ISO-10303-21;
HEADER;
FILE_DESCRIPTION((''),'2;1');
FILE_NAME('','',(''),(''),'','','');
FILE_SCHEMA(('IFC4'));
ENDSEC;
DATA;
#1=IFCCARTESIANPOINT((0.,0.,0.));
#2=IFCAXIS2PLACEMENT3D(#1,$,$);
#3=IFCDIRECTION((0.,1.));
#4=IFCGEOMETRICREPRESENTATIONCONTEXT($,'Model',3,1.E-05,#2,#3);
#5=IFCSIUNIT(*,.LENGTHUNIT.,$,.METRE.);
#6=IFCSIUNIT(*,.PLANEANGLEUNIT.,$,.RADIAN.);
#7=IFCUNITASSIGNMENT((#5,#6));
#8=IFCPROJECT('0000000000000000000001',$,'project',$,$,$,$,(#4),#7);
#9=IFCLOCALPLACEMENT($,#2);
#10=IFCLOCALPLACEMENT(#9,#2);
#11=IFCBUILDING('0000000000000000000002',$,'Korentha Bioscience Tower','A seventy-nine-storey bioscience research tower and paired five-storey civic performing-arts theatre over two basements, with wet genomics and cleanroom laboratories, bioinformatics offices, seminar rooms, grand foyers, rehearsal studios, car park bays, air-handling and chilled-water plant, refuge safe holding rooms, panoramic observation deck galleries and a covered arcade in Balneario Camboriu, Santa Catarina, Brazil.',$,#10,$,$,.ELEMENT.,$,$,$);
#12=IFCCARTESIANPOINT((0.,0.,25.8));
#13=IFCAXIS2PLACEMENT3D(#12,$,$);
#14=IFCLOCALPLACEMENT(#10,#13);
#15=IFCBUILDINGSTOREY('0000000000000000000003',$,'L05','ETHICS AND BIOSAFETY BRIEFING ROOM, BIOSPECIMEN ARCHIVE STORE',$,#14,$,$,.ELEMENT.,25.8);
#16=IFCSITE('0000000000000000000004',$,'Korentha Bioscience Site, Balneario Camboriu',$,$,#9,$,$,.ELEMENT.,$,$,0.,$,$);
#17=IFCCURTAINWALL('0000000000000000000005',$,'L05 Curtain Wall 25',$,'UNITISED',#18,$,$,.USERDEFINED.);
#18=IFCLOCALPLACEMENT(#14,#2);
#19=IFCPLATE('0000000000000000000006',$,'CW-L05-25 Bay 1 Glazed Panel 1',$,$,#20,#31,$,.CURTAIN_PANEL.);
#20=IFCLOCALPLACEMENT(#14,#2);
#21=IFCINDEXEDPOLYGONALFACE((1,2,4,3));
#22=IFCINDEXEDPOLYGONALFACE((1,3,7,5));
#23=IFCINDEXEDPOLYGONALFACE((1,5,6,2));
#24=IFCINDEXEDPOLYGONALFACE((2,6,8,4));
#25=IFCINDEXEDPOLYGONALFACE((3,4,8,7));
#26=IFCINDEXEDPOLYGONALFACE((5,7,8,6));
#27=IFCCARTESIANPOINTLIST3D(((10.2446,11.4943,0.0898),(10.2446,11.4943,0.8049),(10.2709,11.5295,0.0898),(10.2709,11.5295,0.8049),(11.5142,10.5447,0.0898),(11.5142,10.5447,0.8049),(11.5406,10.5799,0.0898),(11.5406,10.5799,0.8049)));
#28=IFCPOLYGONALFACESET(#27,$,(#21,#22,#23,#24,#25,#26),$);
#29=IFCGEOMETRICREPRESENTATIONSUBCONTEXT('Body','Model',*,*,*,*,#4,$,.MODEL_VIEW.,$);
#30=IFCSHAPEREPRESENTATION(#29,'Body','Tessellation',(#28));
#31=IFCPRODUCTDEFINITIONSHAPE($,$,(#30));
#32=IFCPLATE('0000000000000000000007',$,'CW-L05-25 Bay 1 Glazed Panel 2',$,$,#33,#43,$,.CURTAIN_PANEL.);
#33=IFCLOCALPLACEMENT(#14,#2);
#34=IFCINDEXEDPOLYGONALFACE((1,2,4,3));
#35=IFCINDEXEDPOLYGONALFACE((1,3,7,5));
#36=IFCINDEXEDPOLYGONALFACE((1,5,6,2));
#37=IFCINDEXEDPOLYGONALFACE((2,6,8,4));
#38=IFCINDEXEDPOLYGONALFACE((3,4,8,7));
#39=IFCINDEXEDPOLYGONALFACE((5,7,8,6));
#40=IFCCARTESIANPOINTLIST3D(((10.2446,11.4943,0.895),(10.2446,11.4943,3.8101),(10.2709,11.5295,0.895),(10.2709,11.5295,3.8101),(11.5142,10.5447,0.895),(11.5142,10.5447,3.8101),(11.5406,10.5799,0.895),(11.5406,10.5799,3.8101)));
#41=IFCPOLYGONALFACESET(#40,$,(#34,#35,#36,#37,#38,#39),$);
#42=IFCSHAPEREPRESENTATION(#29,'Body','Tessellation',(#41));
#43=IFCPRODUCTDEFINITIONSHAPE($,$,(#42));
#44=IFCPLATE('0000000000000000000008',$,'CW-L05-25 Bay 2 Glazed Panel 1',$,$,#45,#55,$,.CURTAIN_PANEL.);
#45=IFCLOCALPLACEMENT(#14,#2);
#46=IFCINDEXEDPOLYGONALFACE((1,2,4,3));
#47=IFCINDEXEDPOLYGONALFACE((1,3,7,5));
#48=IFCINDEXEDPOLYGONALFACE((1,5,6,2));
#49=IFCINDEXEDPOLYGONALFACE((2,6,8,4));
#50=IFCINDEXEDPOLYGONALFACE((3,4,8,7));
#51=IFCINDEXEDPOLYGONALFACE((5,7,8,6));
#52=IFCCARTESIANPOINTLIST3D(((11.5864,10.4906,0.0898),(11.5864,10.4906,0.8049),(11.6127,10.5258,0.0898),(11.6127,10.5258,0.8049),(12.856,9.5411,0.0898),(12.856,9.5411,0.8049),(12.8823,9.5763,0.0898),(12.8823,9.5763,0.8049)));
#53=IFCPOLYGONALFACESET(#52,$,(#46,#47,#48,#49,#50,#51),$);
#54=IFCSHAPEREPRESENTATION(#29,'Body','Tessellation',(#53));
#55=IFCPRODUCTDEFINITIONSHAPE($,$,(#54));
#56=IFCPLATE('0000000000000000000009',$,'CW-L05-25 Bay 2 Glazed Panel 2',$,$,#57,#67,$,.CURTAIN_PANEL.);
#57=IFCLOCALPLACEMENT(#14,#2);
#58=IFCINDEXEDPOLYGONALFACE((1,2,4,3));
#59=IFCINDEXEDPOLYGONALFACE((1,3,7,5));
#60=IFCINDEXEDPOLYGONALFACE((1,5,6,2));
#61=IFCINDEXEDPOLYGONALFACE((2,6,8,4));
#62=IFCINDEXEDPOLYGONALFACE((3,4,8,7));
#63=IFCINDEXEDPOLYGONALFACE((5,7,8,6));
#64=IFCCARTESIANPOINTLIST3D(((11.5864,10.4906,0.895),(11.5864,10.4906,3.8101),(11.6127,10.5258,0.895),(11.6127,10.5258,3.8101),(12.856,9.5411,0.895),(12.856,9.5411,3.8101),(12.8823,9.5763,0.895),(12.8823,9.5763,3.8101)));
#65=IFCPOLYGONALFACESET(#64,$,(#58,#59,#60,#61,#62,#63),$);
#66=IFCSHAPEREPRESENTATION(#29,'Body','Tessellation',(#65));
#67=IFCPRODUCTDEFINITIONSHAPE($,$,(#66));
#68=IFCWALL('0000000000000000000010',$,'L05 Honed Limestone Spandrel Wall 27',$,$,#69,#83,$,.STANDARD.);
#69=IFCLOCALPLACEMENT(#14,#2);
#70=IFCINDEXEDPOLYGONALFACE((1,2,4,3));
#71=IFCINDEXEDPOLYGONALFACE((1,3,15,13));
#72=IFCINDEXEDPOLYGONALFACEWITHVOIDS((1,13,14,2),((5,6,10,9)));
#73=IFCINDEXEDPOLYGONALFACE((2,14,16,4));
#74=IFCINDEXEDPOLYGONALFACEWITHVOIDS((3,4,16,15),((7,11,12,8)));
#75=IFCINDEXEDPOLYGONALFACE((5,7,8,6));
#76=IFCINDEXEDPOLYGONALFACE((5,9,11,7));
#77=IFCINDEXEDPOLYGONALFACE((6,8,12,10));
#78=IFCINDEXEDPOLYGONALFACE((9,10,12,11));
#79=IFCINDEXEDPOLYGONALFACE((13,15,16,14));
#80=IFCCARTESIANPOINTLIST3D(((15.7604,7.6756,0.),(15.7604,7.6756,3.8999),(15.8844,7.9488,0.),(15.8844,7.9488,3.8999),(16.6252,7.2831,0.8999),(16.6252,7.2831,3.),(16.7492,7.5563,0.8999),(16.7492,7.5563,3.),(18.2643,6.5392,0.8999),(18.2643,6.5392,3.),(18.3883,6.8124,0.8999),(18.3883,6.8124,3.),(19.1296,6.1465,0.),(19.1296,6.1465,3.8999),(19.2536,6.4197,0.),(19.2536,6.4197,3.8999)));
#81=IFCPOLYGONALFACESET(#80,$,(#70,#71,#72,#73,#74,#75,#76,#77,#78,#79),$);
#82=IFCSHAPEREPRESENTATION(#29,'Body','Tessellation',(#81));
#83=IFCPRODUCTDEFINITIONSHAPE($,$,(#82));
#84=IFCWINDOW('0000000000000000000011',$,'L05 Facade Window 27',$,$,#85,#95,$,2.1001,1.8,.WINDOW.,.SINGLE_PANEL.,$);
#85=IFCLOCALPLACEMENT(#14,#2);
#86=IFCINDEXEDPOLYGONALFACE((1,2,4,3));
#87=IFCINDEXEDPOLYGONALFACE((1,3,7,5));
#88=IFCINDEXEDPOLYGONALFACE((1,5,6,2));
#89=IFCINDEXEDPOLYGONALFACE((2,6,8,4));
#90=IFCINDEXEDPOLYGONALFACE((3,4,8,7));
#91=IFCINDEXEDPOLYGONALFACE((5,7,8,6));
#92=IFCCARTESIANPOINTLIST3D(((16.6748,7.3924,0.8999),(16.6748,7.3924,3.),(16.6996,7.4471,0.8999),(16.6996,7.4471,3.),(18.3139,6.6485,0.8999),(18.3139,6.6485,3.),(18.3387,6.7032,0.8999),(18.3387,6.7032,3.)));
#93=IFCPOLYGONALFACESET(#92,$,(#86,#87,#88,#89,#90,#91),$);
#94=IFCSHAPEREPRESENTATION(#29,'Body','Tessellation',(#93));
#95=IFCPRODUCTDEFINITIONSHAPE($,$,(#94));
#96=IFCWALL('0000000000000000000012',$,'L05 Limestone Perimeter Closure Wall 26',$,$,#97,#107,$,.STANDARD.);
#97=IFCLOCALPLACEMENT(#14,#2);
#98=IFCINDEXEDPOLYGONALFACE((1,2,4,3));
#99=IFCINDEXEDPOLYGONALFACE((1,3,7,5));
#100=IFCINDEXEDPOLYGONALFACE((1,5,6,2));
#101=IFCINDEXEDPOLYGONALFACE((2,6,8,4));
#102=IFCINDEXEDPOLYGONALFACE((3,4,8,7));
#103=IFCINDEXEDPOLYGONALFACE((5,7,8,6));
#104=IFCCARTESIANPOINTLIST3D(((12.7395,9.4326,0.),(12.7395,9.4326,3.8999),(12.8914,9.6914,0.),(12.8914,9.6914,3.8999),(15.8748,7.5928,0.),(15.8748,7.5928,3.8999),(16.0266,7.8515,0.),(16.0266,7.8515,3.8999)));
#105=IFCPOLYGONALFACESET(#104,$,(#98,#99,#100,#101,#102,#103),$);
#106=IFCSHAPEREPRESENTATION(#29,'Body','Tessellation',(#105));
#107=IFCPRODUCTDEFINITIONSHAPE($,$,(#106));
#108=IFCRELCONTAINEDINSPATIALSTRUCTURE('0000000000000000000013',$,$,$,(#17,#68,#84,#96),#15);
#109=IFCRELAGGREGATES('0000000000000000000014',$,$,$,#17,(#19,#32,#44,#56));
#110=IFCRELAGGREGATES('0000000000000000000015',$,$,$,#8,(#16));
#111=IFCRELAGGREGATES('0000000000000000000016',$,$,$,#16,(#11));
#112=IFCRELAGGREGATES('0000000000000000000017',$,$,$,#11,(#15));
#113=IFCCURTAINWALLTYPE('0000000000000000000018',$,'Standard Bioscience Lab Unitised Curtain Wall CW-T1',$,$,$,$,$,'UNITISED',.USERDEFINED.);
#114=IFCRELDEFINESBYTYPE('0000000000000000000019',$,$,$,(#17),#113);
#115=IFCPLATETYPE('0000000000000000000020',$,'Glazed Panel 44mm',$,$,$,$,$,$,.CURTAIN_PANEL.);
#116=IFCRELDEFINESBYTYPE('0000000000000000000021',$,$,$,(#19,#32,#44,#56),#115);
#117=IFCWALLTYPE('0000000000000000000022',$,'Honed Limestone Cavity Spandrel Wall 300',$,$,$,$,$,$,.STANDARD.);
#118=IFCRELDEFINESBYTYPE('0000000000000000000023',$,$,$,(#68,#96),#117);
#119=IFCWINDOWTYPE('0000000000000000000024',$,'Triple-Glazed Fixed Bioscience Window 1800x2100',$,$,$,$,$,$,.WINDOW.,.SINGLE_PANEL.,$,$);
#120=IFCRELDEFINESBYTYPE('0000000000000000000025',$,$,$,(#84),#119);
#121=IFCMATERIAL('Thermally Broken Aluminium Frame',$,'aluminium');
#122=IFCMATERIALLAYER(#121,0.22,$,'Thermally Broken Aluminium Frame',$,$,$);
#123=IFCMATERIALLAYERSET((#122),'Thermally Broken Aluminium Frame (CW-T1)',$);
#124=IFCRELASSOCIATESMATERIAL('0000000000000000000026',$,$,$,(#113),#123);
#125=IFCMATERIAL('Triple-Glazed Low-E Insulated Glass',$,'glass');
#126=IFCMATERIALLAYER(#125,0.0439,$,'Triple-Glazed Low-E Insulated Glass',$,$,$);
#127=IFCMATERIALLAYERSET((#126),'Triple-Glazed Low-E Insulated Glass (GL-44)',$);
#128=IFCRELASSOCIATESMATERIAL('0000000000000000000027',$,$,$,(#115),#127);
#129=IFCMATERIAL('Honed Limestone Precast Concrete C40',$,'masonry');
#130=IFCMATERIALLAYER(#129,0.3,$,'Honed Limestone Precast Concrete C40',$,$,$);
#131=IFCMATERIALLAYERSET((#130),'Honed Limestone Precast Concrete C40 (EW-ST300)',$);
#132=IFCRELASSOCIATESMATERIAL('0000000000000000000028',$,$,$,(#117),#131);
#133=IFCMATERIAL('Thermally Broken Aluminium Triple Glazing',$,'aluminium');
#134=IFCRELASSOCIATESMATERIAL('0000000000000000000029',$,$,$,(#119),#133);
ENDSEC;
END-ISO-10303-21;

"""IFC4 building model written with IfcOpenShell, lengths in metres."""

from ifc_helpers import new_model, si_unit, direction, frame, frame_2d, origin, origin_2d, place, context, subcontext, project, spatial, rectangle, extrude, material, layer, layer_set, type_object, element, fill, aggregate, save


model = new_model("IFC4")

# Units and contexts
model_context = context("Model", 3, precision=1e-05, world=origin(), true_north=direction((0.0, 1.0)))
body_context = subcontext(model_context, "Body", "Model", "MODEL_VIEW")
ifc_project = project(units=[si_unit("LENGTHUNIT", "METRE"), si_unit("PLANEANGLEUNIT", "RADIAN")], contexts=[model_context])

# Site, building, storey
site_placement = place(None, origin())
site = spatial("IfcSite", under=ifc_project, at=site_placement, Name="Korentha Bioscience Site, Balneario Camboriu", CompositionType="ELEMENT", RefElevation=0.0)
building_placement = place(site_placement, origin())
building = spatial("IfcBuilding", under=site, at=building_placement, Name="Korentha Bioscience Tower", Description="A seventy-nine-storey bioscience research tower and paired five-storey civic performing-arts theatre over two basements, with wet genomics and cleanroom laboratories, bioinformatics offices, seminar rooms, grand foyers, rehearsal studios, car park bays, air-handling and chilled-water plant, refuge safe holding rooms, panoramic observation deck galleries and a covered arcade in Balneario Camboriu, Santa Catarina, Brazil.", CompositionType="ELEMENT")
storey_placement = place(building_placement, frame((0.0, 0.0, 25.8)))
storey = spatial("IfcBuildingStorey", under=building, at=storey_placement, Name="L05", Description="ETHICS AND BIOSAFETY BRIEFING ROOM, BIOSPECIMEN ARCHIVE STORE", CompositionType="ELEMENT", Elevation=25.8)

# Curtain wall
ifc_material_1 = material(Name="Thermally Broken Aluminium Frame", Category="aluminium")
ifc_layer_1 = layer(ifc_material_1, 0.22, Name="Thermally Broken Aluminium Frame")
ifc_layer_set_1 = layer_set([ifc_layer_1], Name="Thermally Broken Aluminium Frame (CW-T1)")
curtain_wall_type = type_object("IfcCurtainWallType", Name="Standard Bioscience Lab Unitised Curtain Wall CW-T1", ElementType="UNITISED", PredefinedType="USERDEFINED", material=ifc_layer_set_1)
curtain_wall_placement = place(storey_placement, origin())
curtain_wall = element("IfcCurtainWall", 1, at=curtain_wall_placement, inside=storey, type_object=curtain_wall_type, Name="L05 Curtain Wall 25", ObjectType="UNITISED", PredefinedType="USERDEFINED")

# Plates
ifc_material_2 = material(Name="Triple-Glazed Low-E Insulated Glass", Category="glass")
ifc_layer_2 = layer(ifc_material_2, 0.0439, Name="Triple-Glazed Low-E Insulated Glass")
ifc_layer_set_2 = layer_set([ifc_layer_2], Name="Triple-Glazed Low-E Insulated Glass (GL-44)")
plate_type = type_object("IfcPlateType", Name="Glazed Panel 44mm", PredefinedType="CURTAIN_PANEL", material=ifc_layer_set_2)
plate_1_placement = place(storey_placement, frame((10.8926, 11.0371, 0.0898), z_axis=(0.0, 0.0, 1.0), x_axis=(0.800798, -0.598935, 0.0)))
plate_1 = element("IfcPlate", 2, at=plate_1_placement, type_object=plate_type, Name="CW-L05-25 Bay 1 Glazed Panel 1", PredefinedType="CURTAIN_PANEL", context=body_context, shape_type="SweptSolid", body=[
    extrude(rectangle(XDim=1.5854, YDim=0.0439, at=origin_2d()), origin(), (0.0, 0.0, 1.0), 0.7151),
])
plate_2_placement = place(storey_placement, frame((10.8926, 11.0371, 0.895), z_axis=(0.0, 0.0, 1.0), x_axis=(0.800798, -0.598935, 0.0)))
plate_2 = element("IfcPlate", 3, at=plate_2_placement, type_object=plate_type, Name="CW-L05-25 Bay 1 Glazed Panel 2", PredefinedType="CURTAIN_PANEL", context=body_context, shape_type="SweptSolid", body=[
    extrude(rectangle(XDim=1.5854, YDim=0.0439, at=origin_2d()), origin(), (0.0, 0.0, 1.0), 2.915),
])
plate_3_placement = place(storey_placement, frame((12.2344, 10.0334, 0.0898), z_axis=(0.0, 0.0, 1.0), x_axis=(0.800798, -0.598935, 0.0)))
plate_3 = element("IfcPlate", 4, at=plate_3_placement, type_object=plate_type, Name="CW-L05-25 Bay 2 Glazed Panel 1", PredefinedType="CURTAIN_PANEL", context=body_context, shape_type="SweptSolid", body=[
    extrude(rectangle(XDim=1.5854, YDim=0.0439, at=origin_2d()), origin(), (0.0, 0.0, 1.0), 0.7151),
])
plate_4_placement = place(storey_placement, frame((12.2344, 10.0334, 0.895), z_axis=(0.0, 0.0, 1.0), x_axis=(0.800798, -0.598935, 0.0)))
plate_4 = element("IfcPlate", 5, at=plate_4_placement, type_object=plate_type, Name="CW-L05-25 Bay 2 Glazed Panel 2", PredefinedType="CURTAIN_PANEL", context=body_context, shape_type="SweptSolid", body=[
    extrude(rectangle(XDim=1.5854, YDim=0.0439, at=origin_2d()), origin(), (0.0, 0.0, 1.0), 2.915),
])
aggregate(curtain_wall, [plate_1, plate_2, plate_3, plate_4])

# Wall, opening, window
ifc_material_3 = material(Name="Honed Limestone Precast Concrete C40", Category="masonry")
ifc_layer_3 = layer(ifc_material_3, 0.3, Name="Honed Limestone Precast Concrete C40")
ifc_layer_set_3 = layer_set([ifc_layer_3], Name="Honed Limestone Precast Concrete C40 (EW-ST300)")
wall_type = type_object("IfcWallType", Name="Honed Limestone Cavity Spandrel Wall 300", PredefinedType="STANDARD", material=ifc_layer_set_3)
wall_1_placement = place(storey_placement, frame((15.8223, 7.8123, 0.0), z_axis=(0.0, 0.0, 1.0), x_axis=(0.910608, -0.413271, 0.0)))
wall_1 = element("IfcWall", 6, at=wall_1_placement, inside=storey, type_object=wall_type, Name="L05 Honed Limestone Spandrel Wall 27", PredefinedType="STANDARD", context=body_context, shape_type="SweptSolid", body=[
    extrude(rectangle(XDim=3.7, YDim=0.3, at=frame_2d((1.8501, 0.0))), origin(), (0.0, 0.0, 1.0), 3.8999),
])
opening_1_placement = place(wall_1_placement, frame((0.95, 0.0, 0.8999)))
opening_1 = element("IfcOpeningElement", 7, at=opening_1_placement, cuts=wall_1, PredefinedType="OPENING", context=body_context, shape_type="SweptSolid", body=[
    extrude(rectangle(XDim=1.8, YDim=2.1001, at=frame_2d((0.8999, 1.05))), frame((0.0, 0.165, 0.0), z_axis=(0.0, -1.0, 0.0), x_axis=(1.0, 0.0, 0.0)), (0.0, 0.0, 1.0), 0.3298),
])
ifc_material_4 = material(Name="Thermally Broken Aluminium Triple Glazing", Category="aluminium")
window_type = type_object("IfcWindowType", Name="Triple-Glazed Fixed Bioscience Window 1800x2100", PartitioningType="SINGLE_PANEL", PredefinedType="WINDOW", material=ifc_material_4)
window_placement = place(opening_1_placement, origin())
window = element("IfcWindow", 8, at=window_placement, inside=storey, type_object=window_type, Name="L05 Facade Window 27", OverallHeight=2.1001, OverallWidth=1.8, PartitioningType="SINGLE_PANEL", PredefinedType="WINDOW", context=body_context, shape_type="SweptSolid", body=[
    extrude(rectangle(XDim=1.8, YDim=2.1001, at=frame_2d((0.8999, 1.05))), frame((0.0, 0.03, 0.0), z_axis=(0.0, -1.0, 0.0), x_axis=(1.0, 0.0, 0.0)), (0.0, 0.0, 1.0), 0.0601),
])
fill(opening_1, window)

# Wall
wall_2_placement = place(storey_placement, frame((12.8154, 9.562, 0.0), z_axis=(0.0, 0.0, 1.0), x_axis=(0.862465, -0.506116, 0.0)))
element("IfcWall", 9, at=wall_2_placement, inside=storey, type_object=wall_type, Name="L05 Limestone Perimeter Closure Wall 26", PredefinedType="STANDARD", context=body_context, shape_type="SweptSolid", body=[
    extrude(rectangle(XDim=3.6353, YDim=0.3, at=frame_2d((1.8176, 0.0))), origin(), (0.0, 0.0, 1.0), 3.8999),
])

save(model, "model.ifc")
